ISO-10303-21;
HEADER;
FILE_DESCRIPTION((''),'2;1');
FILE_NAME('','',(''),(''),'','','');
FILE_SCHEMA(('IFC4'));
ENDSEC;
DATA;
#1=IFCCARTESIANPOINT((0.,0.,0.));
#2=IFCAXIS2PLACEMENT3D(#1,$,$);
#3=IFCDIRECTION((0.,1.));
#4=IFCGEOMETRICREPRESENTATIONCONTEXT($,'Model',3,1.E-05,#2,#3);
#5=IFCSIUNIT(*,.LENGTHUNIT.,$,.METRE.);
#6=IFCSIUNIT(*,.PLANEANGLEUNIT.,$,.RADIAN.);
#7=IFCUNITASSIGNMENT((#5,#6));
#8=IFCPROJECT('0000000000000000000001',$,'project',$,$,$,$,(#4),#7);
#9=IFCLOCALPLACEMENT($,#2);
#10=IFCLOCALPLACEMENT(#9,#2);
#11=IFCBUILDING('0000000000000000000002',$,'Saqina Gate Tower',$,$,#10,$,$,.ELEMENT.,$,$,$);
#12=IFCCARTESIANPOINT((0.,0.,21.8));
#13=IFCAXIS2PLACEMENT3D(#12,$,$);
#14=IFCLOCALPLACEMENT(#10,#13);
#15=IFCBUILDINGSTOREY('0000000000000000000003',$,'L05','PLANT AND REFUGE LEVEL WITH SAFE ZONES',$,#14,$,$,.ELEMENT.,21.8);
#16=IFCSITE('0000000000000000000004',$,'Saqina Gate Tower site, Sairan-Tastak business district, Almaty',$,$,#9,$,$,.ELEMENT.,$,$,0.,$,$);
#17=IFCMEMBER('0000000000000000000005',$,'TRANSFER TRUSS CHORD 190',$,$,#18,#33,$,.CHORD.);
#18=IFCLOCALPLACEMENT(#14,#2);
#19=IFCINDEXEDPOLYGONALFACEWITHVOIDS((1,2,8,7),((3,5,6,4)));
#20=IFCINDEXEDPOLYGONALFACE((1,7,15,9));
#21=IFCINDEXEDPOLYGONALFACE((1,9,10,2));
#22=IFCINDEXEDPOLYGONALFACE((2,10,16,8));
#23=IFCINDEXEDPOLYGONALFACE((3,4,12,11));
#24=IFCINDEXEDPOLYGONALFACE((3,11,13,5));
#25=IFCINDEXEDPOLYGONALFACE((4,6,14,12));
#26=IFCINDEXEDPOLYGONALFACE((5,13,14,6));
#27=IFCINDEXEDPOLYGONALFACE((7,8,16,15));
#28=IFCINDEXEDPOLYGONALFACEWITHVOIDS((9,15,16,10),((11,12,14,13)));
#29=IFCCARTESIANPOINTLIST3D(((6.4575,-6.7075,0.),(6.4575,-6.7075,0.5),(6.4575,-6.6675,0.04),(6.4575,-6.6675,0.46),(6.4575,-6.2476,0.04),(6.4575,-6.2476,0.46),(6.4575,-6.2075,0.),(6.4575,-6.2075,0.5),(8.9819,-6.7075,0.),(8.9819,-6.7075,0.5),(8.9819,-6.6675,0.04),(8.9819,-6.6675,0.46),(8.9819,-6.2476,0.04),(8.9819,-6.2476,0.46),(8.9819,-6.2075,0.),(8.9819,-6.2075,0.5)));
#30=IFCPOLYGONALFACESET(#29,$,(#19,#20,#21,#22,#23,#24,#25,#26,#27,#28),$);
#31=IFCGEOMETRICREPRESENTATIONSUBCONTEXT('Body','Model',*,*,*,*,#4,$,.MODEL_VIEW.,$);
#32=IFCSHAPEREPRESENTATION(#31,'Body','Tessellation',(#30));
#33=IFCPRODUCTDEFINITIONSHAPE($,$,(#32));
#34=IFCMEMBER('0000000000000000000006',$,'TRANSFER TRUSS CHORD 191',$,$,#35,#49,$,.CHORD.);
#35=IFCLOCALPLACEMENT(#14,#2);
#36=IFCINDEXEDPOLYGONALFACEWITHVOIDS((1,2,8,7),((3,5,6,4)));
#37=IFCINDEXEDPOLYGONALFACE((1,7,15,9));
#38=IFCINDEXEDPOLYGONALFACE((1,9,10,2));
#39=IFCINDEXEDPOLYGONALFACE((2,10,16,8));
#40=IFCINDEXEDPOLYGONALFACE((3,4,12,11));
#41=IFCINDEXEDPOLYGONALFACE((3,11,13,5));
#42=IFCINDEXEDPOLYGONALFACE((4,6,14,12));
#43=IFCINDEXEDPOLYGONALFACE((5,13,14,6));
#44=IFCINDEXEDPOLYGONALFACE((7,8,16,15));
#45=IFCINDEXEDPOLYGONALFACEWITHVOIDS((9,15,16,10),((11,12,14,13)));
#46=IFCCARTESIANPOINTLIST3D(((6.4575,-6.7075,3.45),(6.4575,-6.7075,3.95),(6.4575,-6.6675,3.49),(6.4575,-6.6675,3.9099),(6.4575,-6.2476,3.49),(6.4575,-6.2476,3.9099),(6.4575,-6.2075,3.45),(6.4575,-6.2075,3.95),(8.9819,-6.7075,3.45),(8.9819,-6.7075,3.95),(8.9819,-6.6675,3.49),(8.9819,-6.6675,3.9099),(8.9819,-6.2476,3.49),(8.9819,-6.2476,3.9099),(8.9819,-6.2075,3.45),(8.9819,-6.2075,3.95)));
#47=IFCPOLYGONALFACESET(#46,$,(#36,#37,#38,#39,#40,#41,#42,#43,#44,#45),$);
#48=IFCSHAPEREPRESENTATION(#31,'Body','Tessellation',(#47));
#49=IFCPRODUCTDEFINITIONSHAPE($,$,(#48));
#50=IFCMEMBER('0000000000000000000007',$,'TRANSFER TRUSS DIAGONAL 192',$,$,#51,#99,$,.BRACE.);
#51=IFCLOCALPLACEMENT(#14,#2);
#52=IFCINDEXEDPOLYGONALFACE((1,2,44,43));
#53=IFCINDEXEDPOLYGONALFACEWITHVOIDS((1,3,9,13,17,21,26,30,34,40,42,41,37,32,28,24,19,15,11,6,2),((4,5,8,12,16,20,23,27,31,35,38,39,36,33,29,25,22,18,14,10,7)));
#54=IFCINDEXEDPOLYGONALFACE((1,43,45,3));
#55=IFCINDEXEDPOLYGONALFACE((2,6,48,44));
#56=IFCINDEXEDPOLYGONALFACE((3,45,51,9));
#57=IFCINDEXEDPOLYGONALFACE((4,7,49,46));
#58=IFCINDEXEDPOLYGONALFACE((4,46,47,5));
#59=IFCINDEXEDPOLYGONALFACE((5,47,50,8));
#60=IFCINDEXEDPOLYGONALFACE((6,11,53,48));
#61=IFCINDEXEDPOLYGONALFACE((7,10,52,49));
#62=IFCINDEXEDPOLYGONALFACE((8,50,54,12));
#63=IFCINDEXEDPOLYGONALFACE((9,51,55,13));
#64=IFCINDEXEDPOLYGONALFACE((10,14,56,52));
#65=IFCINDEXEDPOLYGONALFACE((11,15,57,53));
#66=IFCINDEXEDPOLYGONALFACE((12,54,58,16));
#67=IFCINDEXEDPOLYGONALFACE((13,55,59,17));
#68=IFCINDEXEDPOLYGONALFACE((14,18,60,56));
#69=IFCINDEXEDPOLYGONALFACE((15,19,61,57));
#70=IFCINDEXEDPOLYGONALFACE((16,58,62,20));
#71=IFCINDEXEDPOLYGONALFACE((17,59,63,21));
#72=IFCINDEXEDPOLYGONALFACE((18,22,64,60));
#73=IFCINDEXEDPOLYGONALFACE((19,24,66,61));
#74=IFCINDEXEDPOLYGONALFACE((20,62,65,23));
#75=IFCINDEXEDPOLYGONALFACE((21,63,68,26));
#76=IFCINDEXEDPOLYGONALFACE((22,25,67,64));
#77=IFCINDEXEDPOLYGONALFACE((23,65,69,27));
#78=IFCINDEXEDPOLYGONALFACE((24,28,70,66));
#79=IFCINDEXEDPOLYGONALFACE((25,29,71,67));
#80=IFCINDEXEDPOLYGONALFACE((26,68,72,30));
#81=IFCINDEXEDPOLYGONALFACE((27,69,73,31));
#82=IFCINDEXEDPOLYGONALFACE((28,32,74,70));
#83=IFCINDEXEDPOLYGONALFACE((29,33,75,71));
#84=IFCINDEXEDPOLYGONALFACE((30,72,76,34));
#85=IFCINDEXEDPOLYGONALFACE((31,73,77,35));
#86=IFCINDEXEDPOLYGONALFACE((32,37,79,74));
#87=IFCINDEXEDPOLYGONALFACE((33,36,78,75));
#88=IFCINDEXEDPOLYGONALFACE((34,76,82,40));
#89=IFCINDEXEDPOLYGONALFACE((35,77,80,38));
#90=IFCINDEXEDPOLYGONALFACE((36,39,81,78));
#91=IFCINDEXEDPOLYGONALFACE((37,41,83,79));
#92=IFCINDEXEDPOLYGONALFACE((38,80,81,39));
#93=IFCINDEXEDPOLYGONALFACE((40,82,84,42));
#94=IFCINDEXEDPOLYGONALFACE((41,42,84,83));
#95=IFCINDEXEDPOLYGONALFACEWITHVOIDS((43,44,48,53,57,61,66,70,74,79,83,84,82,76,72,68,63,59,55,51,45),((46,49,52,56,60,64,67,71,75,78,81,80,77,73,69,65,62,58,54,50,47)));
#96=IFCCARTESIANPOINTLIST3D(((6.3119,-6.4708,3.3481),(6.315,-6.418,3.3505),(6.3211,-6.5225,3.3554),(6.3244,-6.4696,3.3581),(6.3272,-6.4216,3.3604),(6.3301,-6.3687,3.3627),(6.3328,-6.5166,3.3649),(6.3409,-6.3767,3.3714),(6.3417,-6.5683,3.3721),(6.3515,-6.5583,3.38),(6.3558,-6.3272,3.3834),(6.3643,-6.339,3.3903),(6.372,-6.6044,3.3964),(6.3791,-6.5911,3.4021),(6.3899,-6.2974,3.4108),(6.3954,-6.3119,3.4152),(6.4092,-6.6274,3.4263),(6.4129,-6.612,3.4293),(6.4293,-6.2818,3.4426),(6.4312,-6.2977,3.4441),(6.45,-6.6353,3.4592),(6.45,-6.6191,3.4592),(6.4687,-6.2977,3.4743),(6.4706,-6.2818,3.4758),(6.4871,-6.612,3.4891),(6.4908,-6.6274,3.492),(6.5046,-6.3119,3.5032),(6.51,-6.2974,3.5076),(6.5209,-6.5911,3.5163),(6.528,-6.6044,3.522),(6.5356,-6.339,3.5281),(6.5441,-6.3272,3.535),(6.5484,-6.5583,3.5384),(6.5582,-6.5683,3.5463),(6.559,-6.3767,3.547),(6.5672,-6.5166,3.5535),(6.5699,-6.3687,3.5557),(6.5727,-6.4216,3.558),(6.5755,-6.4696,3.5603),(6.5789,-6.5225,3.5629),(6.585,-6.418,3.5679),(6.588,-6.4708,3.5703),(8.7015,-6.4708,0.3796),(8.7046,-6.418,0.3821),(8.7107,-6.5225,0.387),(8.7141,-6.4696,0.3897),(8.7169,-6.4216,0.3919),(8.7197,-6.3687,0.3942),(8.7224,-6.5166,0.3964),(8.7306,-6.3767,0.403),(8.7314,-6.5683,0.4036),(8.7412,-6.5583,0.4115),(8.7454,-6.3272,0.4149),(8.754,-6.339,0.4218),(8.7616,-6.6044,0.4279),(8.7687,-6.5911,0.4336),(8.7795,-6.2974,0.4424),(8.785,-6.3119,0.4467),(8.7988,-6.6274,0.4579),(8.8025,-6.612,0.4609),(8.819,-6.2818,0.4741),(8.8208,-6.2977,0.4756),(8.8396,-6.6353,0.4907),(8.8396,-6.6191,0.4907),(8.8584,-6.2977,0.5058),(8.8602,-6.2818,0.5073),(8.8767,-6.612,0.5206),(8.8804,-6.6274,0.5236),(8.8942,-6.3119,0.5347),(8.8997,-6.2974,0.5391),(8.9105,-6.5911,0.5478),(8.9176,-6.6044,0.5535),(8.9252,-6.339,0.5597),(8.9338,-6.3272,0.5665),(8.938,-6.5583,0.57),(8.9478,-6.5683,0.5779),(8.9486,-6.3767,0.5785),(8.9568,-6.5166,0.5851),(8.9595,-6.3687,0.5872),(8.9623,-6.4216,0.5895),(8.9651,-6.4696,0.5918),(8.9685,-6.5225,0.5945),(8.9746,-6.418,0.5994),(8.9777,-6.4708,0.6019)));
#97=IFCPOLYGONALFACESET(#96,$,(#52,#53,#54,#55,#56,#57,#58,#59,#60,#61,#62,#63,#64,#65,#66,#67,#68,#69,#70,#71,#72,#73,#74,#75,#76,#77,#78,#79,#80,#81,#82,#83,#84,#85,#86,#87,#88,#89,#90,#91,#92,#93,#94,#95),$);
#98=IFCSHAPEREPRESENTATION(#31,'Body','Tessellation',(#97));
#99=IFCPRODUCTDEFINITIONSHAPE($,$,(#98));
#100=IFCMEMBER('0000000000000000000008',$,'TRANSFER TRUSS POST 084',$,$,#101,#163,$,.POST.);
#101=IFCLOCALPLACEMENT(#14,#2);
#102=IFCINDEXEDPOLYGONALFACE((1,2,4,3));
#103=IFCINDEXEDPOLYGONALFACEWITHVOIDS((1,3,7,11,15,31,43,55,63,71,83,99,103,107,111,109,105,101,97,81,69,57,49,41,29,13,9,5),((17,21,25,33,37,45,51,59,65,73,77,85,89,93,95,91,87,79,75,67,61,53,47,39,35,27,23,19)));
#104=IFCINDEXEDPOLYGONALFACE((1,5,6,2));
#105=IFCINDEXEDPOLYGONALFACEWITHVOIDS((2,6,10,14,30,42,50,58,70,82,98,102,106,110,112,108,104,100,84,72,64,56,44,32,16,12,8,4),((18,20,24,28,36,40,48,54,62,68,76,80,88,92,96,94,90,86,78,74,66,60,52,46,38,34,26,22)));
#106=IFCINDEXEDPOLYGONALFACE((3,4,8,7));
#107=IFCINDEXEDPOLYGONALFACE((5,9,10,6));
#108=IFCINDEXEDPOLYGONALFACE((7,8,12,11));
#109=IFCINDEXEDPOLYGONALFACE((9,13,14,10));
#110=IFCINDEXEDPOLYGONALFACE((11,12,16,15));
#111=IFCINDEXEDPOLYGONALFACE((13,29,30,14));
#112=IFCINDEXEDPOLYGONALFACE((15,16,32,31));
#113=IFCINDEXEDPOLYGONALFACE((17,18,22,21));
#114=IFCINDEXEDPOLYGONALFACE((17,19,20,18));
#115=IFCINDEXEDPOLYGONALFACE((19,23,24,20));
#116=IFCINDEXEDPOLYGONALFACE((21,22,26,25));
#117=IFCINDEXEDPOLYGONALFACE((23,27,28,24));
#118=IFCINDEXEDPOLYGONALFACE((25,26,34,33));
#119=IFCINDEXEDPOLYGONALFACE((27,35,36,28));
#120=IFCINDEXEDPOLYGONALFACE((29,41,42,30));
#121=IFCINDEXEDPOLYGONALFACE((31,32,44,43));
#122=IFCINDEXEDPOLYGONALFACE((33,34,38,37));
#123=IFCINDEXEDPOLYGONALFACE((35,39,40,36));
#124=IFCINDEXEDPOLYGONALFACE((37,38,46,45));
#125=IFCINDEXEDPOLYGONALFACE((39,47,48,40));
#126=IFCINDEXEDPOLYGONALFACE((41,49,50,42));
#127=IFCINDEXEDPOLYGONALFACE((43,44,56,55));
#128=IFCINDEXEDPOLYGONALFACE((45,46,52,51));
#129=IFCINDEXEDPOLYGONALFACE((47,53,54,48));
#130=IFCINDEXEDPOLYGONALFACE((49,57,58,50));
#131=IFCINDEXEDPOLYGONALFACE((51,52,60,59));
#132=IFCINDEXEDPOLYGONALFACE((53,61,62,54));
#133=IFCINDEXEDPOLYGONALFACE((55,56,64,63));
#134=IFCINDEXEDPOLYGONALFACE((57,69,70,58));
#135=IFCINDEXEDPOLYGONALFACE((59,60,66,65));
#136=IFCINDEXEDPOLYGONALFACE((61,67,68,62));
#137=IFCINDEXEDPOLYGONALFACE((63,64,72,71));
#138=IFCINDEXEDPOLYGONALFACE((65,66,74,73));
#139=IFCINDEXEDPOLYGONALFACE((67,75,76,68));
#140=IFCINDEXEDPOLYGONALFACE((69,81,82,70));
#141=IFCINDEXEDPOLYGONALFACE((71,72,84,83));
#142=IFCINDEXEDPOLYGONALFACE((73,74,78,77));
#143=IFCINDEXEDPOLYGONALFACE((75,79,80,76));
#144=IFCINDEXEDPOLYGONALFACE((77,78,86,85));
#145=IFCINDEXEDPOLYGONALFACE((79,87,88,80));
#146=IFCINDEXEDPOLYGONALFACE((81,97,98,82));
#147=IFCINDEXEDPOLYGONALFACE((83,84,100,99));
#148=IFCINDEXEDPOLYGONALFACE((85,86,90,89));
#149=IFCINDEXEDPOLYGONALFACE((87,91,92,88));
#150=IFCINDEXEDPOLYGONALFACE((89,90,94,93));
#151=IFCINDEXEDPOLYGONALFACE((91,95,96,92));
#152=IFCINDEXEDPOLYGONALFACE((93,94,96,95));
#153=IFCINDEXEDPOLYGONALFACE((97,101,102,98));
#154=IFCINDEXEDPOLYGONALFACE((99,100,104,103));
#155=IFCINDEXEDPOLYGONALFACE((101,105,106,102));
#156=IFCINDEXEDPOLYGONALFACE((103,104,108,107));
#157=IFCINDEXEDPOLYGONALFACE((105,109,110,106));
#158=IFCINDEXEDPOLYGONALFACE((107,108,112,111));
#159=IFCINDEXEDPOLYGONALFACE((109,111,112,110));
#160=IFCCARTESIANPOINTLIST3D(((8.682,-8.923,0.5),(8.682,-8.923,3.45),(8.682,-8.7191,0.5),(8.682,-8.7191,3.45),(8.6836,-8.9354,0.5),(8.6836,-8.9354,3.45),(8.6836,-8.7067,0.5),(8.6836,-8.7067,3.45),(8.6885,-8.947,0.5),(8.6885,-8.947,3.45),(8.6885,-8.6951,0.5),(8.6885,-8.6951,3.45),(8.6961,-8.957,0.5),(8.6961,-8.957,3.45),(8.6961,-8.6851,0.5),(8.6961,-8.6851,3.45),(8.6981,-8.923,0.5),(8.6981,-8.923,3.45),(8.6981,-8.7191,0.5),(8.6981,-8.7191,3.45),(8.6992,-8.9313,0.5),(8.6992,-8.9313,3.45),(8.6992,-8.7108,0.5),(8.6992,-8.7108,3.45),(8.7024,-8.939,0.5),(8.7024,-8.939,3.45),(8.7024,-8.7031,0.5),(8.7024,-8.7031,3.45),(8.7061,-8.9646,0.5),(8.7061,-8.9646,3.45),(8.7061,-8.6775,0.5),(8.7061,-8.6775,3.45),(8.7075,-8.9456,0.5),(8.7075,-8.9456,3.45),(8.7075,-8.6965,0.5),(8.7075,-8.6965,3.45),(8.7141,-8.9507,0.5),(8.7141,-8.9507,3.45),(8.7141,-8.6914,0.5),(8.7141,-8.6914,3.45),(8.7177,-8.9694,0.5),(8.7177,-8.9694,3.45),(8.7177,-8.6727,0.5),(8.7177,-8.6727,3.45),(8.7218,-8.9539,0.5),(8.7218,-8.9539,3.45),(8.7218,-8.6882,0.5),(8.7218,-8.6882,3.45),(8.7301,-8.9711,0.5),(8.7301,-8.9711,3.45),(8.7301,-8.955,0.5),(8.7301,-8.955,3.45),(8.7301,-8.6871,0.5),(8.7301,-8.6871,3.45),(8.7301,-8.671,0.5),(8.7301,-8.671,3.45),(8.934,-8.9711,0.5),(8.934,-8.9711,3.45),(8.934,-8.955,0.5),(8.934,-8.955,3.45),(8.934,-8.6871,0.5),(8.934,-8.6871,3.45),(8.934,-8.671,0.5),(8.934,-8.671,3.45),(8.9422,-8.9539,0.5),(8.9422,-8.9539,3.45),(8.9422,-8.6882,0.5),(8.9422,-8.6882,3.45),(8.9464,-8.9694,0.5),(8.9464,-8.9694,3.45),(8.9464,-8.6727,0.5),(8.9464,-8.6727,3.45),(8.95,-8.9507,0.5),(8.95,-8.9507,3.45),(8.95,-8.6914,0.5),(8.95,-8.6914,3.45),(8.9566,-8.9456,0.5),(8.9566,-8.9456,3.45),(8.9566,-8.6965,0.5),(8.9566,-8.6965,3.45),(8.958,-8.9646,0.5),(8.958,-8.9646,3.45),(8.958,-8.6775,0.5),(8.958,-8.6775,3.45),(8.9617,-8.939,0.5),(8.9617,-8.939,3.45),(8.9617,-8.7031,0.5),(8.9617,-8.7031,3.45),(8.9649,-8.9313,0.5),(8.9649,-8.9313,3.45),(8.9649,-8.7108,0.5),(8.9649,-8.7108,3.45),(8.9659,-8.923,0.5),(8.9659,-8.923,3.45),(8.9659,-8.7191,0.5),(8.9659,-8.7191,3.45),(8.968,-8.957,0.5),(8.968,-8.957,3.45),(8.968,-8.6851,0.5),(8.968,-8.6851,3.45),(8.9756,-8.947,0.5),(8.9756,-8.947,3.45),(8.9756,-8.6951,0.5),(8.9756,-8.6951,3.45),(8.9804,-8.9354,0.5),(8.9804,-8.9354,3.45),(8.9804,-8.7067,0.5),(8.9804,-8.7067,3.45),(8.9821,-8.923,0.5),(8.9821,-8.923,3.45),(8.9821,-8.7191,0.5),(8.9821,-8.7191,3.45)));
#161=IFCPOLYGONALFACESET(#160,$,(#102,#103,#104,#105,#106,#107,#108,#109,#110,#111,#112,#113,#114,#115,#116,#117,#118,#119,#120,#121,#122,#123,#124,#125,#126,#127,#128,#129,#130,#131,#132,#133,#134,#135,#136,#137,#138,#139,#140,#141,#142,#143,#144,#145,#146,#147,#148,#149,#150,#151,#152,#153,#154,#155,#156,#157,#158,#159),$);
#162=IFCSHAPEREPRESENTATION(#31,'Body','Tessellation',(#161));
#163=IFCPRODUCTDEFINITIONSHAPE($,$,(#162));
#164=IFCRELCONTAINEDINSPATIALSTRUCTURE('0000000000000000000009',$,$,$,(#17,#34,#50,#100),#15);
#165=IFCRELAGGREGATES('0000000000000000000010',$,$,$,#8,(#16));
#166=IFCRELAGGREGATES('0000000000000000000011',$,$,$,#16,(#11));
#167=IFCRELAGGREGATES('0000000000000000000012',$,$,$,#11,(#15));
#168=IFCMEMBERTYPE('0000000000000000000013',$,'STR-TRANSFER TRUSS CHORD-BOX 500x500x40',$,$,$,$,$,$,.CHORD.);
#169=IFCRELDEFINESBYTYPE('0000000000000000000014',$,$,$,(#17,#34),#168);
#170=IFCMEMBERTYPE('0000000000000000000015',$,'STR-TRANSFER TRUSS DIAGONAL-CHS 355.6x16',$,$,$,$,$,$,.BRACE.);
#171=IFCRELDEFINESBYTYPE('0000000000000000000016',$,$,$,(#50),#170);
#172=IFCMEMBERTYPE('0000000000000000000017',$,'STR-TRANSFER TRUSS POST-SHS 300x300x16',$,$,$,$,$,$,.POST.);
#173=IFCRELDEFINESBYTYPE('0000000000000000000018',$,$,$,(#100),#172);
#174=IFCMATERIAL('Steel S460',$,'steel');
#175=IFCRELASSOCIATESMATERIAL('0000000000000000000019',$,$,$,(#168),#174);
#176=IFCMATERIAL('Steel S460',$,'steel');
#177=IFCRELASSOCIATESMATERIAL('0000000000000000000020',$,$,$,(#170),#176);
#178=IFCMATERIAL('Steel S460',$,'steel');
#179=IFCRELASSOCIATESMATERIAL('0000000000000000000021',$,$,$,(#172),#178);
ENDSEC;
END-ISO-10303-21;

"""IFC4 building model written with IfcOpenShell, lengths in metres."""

from ifc_helpers import new_model, si_unit, direction, frame, origin, origin_2d, place, context, subcontext, project, spatial, hollow_rectangle, hollow_circle, extrude, material, material_profile, profile_set, type_object, element, save


model = new_model("IFC4")

# Units and contexts
model_context = context("Model", 3, precision=1e-05, world=origin(), true_north=direction((0.0, 1.0)))
body_context = subcontext(model_context, "Body", "Model", "MODEL_VIEW")
ifc_project = project(units=[si_unit("LENGTHUNIT", "METRE"), si_unit("PLANEANGLEUNIT", "RADIAN")], contexts=[model_context])

# Site, building, storey
site_placement = place(None, origin())
site = spatial("IfcSite", under=ifc_project, at=site_placement, Name="Saqina Gate Tower site, Sairan-Tastak business district, Almaty", CompositionType="ELEMENT", RefElevation=0.0)
building_placement = place(site_placement, origin())
building = spatial("IfcBuilding", under=site, at=building_placement, Name="Saqina Gate Tower", CompositionType="ELEMENT")
storey_placement = place(building_placement, frame((0.0, 0.0, 21.8)))
storey = spatial("IfcBuildingStorey", under=building, at=storey_placement, Name="L05", Description="PLANT AND REFUGE LEVEL WITH SAFE ZONES", CompositionType="ELEMENT", Elevation=21.8)

# Members
ifc_material_1 = material(Name="Steel S460", Category="steel")
ifc_material_profile_1 = material_profile(ifc_material_1, hollow_rectangle(XDim=0.5, YDim=0.5, WallThickness=0.04, at=origin_2d()), Name="BOX 500x500x40")
ifc_profile_set_1 = profile_set([ifc_material_profile_1], Name="Steel S460")
member_type_1 = type_object("IfcMemberType", Name="STR-TRANSFER TRUSS CHORD-BOX 500x500x40", PredefinedType="CHORD", material=ifc_profile_set_1)
for number, where, z_axis, x_axis, name in (
    (1, (8.9819, -6.4575, 0.25), (-1.0, 0.0, 0.0), (0.0, -1.0, 0.0), "TRANSFER TRUSS CHORD 190"),
    (2, (8.9819, -6.4575, 3.7), (-1.0, 0.0, 0.0), (0.0, -1.0, 0.0), "TRANSFER TRUSS CHORD 191"),
):
    element("IfcMember", number, at=place(storey_placement, frame(where, z_axis=z_axis, x_axis=x_axis)), inside=storey, type_object=member_type_1, Name=name, PredefinedType="CHORD", context=body_context, shape_type="SweptSolid", body=[
        extrude(hollow_rectangle(XDim=0.5, YDim=0.5, WallThickness=0.04, at=origin_2d()), origin(), (0.0, 0.0, 1.0), 2.5244),
    ])
ifc_material_2 = material(Name="Steel S460", Category="steel")
ifc_material_profile_2 = material_profile(ifc_material_2, hollow_circle(Radius=0.1777, WallThickness=0.0161, at=origin_2d()), Name="CHS 355.6x16")
ifc_profile_set_2 = profile_set([ifc_material_profile_2], Name="Steel S460")
member_type_2 = type_object("IfcMemberType", Name="STR-TRANSFER TRUSS DIAGONAL-CHS 355.6x16", PredefinedType="BRACE", material=ifc_profile_set_2)
member_placement = place(storey_placement, frame((8.8396, -6.4575, 0.4907), z_axis=(-0.627067, 0.0, 0.778965), x_axis=(0.0, -1.0, 0.0)))
element("IfcMember", 3, at=member_placement, inside=storey, type_object=member_type_2, Name="TRANSFER TRUSS DIAGONAL 192", PredefinedType="BRACE", context=body_context, shape_type="SweptSolid", body=[
    extrude(hollow_circle(Radius=0.1777, WallThickness=0.0161, at=origin_2d()), origin(), (0.0, 0.0, 1.0), 3.8108),
])
ifc_material_3 = material(Name="Steel S460", Category="steel")
ifc_material_profile_3 = material_profile(ifc_material_3, hollow_rectangle(XDim=0.3, YDim=0.3, WallThickness=0.0161, InnerFilletRadius=0.032, OuterFilletRadius=0.0481, at=origin_2d()), Name="SHS 300x300x16")
ifc_profile_set_3 = profile_set([ifc_material_profile_3], Name="Steel S460")
member_type_3 = type_object("IfcMemberType", Name="STR-TRANSFER TRUSS POST-SHS 300x300x16", PredefinedType="POST", material=ifc_profile_set_3)
for number, where, z_axis, x_axis, name in (
    (4, (8.832, -8.821, 0.5), (0.0, 0.0, 1.0), (1.0, 0.0, 0.0), "TRANSFER TRUSS POST 084"),
):
    element("IfcMember", number, at=place(storey_placement, frame(where, z_axis=z_axis, x_axis=x_axis)), inside=storey, type_object=member_type_3, Name=name, PredefinedType="POST", context=body_context, shape_type="SweptSolid", body=[
        extrude(hollow_rectangle(XDim=0.3, YDim=0.3, WallThickness=0.0161, InnerFilletRadius=0.032, OuterFilletRadius=0.0481, at=origin_2d()), origin(), (0.0, 0.0, 1.0), 2.95),
    ])

save(model, "model.ifc")
